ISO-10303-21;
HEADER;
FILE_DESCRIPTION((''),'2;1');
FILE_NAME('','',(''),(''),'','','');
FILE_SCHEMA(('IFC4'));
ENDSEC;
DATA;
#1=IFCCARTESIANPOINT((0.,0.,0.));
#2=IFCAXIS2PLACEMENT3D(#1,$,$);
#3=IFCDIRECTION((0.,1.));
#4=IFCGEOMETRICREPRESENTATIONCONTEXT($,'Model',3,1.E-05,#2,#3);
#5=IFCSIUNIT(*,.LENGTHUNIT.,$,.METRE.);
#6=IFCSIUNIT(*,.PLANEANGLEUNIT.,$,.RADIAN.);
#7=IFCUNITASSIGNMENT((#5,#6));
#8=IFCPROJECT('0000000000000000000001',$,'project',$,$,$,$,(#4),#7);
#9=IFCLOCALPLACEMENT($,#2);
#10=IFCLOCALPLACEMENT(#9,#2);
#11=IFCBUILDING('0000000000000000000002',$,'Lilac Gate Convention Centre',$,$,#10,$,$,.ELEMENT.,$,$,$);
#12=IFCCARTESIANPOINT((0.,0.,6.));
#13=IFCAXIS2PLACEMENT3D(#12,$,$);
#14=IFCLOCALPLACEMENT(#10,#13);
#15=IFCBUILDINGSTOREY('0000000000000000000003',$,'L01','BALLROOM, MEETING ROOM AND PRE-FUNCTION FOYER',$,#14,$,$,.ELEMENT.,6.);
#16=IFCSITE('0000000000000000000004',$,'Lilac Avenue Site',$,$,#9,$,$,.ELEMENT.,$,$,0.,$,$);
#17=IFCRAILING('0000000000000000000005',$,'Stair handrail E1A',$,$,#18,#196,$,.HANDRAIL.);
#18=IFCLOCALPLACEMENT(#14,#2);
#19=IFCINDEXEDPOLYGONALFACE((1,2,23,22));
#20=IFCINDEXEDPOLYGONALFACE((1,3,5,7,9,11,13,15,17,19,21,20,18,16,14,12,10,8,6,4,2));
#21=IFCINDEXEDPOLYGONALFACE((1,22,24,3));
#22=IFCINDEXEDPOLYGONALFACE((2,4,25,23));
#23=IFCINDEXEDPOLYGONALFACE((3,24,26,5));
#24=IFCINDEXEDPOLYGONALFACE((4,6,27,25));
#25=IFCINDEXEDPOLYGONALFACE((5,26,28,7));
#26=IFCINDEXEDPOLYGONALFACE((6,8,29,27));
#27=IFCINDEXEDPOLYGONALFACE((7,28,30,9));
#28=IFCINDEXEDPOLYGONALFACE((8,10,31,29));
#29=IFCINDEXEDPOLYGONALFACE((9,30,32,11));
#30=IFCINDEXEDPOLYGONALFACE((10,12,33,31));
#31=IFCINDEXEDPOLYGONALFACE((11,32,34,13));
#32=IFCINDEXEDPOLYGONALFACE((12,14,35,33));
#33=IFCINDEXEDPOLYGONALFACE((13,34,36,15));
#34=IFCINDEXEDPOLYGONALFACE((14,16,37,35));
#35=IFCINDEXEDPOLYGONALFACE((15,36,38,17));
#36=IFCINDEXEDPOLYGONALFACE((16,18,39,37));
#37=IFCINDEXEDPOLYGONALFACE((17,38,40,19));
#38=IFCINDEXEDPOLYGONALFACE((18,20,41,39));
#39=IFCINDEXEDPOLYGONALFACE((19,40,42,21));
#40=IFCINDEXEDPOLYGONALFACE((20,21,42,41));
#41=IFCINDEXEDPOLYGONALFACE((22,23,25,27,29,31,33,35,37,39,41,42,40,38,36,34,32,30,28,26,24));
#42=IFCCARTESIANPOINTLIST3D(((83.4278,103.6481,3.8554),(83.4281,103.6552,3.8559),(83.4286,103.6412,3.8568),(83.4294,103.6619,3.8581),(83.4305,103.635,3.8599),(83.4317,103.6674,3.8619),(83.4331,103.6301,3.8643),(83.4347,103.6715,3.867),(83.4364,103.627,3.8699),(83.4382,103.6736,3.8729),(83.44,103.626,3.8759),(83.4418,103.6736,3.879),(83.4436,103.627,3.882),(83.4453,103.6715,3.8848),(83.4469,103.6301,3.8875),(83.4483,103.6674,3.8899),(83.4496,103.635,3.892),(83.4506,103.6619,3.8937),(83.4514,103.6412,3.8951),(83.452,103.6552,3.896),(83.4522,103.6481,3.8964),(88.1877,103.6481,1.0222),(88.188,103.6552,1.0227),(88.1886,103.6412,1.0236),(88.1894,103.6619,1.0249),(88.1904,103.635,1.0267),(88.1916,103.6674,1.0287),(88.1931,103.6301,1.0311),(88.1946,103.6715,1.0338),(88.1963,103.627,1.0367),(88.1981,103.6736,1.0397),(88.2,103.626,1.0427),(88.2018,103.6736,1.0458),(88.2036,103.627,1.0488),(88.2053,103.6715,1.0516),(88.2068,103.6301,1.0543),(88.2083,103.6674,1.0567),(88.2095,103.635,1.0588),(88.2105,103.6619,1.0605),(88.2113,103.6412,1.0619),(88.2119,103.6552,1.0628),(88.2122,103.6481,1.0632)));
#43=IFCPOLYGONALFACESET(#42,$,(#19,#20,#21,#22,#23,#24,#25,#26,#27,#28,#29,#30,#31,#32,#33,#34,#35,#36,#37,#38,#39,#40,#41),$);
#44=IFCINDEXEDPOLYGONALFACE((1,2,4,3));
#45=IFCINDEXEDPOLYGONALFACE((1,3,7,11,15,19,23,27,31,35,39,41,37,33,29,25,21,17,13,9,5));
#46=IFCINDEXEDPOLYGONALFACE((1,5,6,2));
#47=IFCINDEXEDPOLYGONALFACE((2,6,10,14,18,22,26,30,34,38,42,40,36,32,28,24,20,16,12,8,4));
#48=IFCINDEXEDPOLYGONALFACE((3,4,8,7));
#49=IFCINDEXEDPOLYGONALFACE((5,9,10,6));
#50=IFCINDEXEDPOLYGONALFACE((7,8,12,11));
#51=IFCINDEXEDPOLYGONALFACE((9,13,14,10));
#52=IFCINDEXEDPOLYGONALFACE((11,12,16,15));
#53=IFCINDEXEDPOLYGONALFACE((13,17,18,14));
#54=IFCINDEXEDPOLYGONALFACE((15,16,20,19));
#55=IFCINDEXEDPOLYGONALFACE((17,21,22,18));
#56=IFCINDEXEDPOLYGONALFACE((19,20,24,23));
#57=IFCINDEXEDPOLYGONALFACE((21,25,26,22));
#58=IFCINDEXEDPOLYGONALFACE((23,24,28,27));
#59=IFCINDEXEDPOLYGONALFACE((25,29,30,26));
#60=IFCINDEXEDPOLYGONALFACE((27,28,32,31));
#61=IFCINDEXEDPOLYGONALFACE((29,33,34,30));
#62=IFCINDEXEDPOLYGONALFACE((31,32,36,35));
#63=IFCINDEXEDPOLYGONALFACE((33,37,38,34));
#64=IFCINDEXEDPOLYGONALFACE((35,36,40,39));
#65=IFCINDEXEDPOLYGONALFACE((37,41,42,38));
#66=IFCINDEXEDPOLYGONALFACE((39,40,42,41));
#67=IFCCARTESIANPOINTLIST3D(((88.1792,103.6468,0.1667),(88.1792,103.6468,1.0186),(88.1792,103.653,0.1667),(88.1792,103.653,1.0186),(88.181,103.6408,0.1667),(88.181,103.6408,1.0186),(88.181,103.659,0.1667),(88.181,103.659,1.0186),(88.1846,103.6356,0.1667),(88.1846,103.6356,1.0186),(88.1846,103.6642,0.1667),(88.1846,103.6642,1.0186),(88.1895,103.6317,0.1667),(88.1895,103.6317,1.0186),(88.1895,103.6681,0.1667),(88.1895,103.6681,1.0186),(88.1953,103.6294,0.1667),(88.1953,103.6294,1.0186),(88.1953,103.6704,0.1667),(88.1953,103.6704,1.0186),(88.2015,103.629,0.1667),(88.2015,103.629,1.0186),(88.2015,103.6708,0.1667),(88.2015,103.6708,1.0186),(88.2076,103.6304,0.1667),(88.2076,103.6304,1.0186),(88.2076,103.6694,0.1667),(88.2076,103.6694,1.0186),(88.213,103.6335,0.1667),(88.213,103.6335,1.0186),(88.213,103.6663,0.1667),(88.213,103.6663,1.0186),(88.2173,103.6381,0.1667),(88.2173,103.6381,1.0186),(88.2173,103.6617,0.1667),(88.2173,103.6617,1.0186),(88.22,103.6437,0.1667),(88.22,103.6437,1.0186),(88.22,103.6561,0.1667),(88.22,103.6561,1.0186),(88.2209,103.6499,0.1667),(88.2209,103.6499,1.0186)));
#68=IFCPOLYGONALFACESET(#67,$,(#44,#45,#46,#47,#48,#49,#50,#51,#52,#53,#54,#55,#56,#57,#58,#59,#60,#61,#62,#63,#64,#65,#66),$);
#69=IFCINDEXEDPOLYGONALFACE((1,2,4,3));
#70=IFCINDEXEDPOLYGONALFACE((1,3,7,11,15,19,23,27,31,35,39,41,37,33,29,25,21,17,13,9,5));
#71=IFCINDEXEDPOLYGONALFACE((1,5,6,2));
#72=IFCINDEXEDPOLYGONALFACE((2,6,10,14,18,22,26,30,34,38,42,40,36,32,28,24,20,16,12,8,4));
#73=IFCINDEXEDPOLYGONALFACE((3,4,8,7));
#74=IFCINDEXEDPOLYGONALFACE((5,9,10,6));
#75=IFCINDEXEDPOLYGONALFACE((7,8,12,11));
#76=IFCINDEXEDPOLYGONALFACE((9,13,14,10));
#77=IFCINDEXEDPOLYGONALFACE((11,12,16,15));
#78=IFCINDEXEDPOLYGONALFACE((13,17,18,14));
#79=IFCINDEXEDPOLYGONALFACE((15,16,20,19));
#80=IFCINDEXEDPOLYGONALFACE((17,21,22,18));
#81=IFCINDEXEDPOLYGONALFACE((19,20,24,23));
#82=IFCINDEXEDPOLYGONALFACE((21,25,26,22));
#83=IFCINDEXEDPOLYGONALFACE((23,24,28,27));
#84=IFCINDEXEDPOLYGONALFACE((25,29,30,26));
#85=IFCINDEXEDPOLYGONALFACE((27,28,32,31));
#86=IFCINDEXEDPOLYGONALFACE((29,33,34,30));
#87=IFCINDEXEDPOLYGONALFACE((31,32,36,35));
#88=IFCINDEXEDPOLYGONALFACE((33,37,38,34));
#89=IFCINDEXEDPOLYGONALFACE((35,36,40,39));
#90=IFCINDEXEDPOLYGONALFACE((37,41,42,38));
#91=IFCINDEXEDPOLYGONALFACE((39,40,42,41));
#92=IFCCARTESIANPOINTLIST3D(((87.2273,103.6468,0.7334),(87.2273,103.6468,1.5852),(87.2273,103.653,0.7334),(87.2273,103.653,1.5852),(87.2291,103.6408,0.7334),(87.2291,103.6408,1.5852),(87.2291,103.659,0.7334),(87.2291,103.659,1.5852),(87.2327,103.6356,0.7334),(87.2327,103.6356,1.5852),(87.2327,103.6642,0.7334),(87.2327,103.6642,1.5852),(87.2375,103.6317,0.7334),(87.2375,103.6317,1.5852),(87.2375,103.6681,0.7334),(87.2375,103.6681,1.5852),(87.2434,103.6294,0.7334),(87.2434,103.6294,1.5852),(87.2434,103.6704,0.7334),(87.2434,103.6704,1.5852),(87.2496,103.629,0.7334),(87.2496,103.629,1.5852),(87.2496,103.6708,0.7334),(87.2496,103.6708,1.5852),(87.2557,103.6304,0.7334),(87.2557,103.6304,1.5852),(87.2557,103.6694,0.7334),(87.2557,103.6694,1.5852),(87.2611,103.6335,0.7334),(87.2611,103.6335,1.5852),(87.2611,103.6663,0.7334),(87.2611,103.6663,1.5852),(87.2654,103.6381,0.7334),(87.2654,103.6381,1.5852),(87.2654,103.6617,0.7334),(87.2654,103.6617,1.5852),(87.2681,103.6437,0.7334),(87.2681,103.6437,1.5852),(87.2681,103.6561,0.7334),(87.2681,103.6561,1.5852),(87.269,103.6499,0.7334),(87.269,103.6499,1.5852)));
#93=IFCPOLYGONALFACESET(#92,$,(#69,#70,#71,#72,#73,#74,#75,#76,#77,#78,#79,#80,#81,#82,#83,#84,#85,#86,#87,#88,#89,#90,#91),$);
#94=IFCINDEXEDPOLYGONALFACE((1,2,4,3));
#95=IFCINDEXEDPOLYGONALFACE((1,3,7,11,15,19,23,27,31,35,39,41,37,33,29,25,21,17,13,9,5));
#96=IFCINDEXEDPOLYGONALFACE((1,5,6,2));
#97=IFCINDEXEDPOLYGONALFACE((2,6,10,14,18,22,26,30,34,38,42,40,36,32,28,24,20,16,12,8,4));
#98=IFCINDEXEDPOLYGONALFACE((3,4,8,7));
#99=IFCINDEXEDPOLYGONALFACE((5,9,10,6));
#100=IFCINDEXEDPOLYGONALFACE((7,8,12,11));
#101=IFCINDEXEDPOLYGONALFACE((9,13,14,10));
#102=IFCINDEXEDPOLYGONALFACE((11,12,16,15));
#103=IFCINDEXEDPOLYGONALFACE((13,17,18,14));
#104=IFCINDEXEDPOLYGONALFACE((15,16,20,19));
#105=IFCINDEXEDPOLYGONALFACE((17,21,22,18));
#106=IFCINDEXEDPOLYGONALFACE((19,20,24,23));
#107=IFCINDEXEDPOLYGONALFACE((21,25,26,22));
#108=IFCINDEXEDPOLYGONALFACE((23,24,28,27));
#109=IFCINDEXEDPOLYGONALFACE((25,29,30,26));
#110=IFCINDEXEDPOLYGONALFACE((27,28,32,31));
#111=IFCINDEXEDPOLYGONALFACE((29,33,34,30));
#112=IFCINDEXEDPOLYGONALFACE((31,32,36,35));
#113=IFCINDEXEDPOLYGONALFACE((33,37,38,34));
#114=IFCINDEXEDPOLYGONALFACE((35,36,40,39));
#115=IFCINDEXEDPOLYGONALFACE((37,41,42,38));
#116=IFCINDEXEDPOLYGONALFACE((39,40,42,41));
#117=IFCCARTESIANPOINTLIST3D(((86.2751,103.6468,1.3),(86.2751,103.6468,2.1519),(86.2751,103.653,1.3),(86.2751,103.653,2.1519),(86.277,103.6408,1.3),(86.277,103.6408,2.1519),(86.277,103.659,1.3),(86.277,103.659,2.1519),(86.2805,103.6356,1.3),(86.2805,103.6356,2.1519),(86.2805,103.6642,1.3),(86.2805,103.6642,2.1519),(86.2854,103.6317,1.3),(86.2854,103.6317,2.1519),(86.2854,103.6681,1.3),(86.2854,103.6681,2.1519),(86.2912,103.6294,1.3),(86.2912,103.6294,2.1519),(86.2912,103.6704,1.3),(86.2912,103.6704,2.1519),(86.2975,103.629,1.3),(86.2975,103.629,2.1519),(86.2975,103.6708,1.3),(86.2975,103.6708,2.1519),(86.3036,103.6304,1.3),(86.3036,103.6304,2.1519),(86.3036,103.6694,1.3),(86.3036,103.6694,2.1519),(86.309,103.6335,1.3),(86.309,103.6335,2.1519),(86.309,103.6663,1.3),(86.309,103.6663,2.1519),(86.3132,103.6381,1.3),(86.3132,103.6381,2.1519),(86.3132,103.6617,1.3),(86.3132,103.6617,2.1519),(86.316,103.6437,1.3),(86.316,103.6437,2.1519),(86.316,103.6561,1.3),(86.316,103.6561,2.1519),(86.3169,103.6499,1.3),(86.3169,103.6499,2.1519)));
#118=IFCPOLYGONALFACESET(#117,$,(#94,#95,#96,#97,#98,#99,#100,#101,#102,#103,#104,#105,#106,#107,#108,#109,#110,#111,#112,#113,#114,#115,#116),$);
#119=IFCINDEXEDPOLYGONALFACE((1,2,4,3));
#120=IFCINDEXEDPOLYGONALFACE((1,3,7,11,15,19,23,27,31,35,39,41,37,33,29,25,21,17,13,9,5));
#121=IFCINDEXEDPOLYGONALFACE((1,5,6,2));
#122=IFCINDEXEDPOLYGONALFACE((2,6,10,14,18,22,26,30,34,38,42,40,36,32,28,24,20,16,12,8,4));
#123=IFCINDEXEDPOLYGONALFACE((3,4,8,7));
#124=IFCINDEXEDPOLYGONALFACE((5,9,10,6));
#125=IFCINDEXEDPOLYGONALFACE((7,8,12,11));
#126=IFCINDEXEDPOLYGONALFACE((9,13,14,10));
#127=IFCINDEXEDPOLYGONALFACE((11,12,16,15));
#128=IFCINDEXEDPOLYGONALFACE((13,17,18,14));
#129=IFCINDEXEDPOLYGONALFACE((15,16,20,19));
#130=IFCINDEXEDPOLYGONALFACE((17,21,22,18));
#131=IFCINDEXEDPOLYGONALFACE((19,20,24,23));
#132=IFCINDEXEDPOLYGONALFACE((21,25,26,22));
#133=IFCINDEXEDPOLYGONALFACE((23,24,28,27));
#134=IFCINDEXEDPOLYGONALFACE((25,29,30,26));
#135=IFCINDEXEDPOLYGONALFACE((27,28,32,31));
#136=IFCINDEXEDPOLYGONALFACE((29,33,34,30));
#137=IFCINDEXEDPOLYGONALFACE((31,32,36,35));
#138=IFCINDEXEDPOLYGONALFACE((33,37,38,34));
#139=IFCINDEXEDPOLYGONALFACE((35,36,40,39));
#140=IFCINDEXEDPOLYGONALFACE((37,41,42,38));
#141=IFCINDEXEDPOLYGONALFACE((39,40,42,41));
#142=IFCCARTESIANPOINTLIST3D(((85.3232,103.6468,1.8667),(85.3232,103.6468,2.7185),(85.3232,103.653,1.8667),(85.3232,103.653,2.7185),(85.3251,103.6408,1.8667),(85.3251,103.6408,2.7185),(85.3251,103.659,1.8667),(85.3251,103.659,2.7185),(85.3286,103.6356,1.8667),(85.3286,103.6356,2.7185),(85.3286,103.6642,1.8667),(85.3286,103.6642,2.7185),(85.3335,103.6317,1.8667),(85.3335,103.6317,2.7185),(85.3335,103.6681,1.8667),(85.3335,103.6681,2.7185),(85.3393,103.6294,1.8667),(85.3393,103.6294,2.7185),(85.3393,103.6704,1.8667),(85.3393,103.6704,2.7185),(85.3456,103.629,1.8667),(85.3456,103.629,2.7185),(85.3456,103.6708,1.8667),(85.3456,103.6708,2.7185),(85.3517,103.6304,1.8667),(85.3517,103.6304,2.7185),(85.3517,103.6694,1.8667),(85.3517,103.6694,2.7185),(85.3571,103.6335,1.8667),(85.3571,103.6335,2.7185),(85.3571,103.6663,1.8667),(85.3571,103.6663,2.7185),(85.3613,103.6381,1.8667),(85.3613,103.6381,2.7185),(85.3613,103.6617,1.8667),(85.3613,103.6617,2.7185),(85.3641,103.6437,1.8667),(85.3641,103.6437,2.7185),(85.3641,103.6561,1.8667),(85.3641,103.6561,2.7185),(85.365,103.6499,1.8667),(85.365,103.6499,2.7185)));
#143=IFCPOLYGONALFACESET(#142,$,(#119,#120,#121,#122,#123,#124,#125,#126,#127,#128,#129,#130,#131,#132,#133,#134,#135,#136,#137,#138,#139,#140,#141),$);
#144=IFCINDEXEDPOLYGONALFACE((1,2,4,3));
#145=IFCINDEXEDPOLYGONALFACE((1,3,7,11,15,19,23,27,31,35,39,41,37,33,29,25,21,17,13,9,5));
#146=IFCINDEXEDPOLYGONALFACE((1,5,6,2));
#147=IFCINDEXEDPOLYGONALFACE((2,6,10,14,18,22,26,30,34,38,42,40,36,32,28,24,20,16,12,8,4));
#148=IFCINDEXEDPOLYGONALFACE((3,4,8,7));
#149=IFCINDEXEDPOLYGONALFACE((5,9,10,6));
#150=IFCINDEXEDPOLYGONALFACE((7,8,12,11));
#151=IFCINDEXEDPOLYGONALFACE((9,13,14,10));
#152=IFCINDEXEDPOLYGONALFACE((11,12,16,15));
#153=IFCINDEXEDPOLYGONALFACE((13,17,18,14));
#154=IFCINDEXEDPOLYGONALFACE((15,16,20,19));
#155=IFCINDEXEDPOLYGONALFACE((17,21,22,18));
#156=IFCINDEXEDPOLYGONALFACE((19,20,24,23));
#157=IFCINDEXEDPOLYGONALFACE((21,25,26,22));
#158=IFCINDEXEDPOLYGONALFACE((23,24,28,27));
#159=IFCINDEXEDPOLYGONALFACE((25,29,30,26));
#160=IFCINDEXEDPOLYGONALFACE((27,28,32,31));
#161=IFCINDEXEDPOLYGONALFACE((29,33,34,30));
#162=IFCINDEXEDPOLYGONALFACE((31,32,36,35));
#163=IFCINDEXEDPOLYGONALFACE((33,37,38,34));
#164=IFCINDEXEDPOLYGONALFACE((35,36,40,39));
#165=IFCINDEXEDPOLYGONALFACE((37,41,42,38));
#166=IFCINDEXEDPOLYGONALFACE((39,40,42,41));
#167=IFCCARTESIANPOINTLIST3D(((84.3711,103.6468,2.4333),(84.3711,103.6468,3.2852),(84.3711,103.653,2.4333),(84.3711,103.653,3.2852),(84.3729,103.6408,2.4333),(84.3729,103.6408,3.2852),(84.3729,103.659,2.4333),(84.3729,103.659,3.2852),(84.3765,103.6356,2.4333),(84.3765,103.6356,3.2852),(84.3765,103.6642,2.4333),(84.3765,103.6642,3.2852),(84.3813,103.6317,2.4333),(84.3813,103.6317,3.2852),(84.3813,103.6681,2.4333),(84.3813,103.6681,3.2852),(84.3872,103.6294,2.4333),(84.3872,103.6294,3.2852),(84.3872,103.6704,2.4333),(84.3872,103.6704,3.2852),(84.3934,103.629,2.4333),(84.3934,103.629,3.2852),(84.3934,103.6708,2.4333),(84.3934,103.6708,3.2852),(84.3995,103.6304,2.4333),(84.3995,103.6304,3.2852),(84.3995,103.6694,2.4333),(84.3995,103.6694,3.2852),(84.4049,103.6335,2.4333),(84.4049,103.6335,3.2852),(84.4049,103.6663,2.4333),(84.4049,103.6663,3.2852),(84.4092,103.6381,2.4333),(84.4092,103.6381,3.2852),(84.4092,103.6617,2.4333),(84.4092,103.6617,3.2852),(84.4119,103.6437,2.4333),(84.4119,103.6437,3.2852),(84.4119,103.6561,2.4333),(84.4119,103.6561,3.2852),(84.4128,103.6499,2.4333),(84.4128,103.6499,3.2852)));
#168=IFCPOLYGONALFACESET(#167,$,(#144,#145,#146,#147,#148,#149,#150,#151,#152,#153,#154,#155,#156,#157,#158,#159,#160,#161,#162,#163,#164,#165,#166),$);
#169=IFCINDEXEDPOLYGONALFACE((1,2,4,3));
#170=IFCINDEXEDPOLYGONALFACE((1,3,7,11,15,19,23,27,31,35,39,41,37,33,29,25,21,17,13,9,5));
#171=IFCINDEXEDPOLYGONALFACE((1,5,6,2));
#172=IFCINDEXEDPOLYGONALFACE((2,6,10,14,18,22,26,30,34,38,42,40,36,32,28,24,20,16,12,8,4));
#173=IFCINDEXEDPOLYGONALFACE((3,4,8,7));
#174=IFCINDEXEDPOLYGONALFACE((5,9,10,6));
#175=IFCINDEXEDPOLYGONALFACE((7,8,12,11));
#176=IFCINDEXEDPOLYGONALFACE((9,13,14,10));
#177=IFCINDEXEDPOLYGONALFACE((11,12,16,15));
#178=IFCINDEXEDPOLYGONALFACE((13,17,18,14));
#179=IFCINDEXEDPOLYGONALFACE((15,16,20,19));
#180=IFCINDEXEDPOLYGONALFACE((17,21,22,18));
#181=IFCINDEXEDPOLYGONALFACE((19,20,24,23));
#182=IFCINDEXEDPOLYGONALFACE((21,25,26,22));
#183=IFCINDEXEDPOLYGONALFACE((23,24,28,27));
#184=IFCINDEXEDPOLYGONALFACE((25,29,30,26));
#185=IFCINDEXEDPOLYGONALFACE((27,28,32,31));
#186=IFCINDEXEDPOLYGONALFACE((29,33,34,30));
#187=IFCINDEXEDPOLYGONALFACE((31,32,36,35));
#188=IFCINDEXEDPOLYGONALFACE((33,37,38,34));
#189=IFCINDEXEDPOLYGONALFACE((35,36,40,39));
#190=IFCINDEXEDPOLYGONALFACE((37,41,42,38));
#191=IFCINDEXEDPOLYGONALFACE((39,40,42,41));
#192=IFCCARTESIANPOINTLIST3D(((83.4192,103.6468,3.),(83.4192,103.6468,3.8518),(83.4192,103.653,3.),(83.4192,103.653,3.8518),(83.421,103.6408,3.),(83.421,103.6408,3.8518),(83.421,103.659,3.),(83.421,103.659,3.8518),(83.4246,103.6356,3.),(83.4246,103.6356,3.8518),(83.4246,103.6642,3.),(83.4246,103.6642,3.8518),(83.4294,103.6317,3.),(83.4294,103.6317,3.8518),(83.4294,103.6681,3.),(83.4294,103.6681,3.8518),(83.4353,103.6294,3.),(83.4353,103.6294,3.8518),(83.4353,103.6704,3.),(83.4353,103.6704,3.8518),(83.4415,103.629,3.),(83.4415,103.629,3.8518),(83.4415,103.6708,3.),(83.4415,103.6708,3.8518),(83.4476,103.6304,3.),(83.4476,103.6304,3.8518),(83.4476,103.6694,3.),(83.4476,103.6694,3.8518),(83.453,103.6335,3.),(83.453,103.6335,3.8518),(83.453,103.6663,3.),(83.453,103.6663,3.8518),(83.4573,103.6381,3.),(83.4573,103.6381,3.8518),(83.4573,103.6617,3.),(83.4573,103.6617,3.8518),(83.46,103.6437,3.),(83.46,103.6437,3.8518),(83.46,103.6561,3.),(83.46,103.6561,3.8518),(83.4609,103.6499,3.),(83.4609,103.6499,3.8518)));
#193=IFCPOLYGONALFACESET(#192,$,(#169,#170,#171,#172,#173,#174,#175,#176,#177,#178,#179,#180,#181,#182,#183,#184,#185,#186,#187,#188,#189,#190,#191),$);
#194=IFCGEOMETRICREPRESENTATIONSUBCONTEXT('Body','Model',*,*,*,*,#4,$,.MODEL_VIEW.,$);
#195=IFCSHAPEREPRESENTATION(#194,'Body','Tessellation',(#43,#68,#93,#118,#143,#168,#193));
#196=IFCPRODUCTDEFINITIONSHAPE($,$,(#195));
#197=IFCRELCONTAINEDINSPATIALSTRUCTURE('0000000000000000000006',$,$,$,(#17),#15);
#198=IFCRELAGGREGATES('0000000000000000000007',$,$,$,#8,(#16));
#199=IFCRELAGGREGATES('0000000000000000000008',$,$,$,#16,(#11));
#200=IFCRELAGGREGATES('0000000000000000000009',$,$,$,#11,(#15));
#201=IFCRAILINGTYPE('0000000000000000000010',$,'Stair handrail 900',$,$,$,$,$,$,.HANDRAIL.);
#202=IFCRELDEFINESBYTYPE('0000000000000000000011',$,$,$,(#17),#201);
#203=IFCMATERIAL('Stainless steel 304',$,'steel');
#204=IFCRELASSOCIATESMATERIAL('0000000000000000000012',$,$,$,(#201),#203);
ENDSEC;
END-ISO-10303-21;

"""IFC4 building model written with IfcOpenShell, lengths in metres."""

from ifc_helpers import new_model, si_unit, direction, frame, origin, origin_2d, place, context, subcontext, project, spatial, circle, extrude, material, type_object, element, save


model = new_model("IFC4")

# Units and contexts
model_context = context("Model", 3, precision=1e-05, world=origin(), true_north=direction((0.0, 1.0)))
body_context = subcontext(model_context, "Body", "Model", "MODEL_VIEW")
ifc_project = project(units=[si_unit("LENGTHUNIT", "METRE"), si_unit("PLANEANGLEUNIT", "RADIAN")], contexts=[model_context])

# Site, building, storey
site_placement = place(None, origin())
site = spatial("IfcSite", under=ifc_project, at=site_placement, Name="Lilac Avenue Site", CompositionType="ELEMENT", RefElevation=0.0)
building_placement = place(site_placement, origin())
building = spatial("IfcBuilding", under=site, at=building_placement, Name="Lilac Gate Convention Centre", CompositionType="ELEMENT")
storey_placement = place(building_placement, frame((0.0, 0.0, 6.0)))
storey = spatial("IfcBuildingStorey", under=building, at=storey_placement, Name="L01", Description="BALLROOM, MEETING ROOM AND PRE-FUNCTION FOYER", CompositionType="ELEMENT", Elevation=6.0)

# Shared definitions
ifc_material_1 = material(Name="Stainless steel 304", Category="steel")

# Railing
railing_type = type_object("IfcRailingType", Name="Stair handrail 900", PredefinedType="HANDRAIL", material=ifc_material_1)
for number, where, name in (
    (1, (88.2, 103.6499, 0.1667), "Stair handrail E1A"),
):
    element("IfcRailing", number, at=place(storey_placement, frame(where)), inside=storey, type_object=railing_type, Name=name, PredefinedType="HANDRAIL", context=body_context, shape_type="SweptSolid", body=[
        extrude(circle(Radius=0.0239, at=origin_2d()), frame((0.0, 0.0, 0.876), z_axis=(-0.8593, 0.0, 0.511472), x_axis=(0.0, -1.0, 0.0)), (0.0, 0.0, 1.0), 5.5393),
        extrude(circle(Radius=0.021, at=origin_2d()), origin(), (0.0, 0.0, 1.0), 0.8518),
        extrude(circle(Radius=0.021, at=origin_2d()), frame((-0.9519, 0.0, 0.5667)), (0.0, 0.0, 1.0), 0.8518),
        extrude(circle(Radius=0.021, at=origin_2d()), frame((-1.9041, 0.0, 1.1333)), (0.0, 0.0, 1.0), 0.8518),
        extrude(circle(Radius=0.021, at=origin_2d()), frame((-2.856, 0.0, 1.7)), (0.0, 0.0, 1.0), 0.8518),
        extrude(circle(Radius=0.021, at=origin_2d()), frame((-3.8081, 0.0, 2.2666)), (0.0, 0.0, 1.0), 0.8518),
        extrude(circle(Radius=0.021, at=origin_2d()), frame((-4.76, 0.0, 2.8333)), (0.0, 0.0, 1.0), 0.8518),
    ])

save(model, "model.ifc")
